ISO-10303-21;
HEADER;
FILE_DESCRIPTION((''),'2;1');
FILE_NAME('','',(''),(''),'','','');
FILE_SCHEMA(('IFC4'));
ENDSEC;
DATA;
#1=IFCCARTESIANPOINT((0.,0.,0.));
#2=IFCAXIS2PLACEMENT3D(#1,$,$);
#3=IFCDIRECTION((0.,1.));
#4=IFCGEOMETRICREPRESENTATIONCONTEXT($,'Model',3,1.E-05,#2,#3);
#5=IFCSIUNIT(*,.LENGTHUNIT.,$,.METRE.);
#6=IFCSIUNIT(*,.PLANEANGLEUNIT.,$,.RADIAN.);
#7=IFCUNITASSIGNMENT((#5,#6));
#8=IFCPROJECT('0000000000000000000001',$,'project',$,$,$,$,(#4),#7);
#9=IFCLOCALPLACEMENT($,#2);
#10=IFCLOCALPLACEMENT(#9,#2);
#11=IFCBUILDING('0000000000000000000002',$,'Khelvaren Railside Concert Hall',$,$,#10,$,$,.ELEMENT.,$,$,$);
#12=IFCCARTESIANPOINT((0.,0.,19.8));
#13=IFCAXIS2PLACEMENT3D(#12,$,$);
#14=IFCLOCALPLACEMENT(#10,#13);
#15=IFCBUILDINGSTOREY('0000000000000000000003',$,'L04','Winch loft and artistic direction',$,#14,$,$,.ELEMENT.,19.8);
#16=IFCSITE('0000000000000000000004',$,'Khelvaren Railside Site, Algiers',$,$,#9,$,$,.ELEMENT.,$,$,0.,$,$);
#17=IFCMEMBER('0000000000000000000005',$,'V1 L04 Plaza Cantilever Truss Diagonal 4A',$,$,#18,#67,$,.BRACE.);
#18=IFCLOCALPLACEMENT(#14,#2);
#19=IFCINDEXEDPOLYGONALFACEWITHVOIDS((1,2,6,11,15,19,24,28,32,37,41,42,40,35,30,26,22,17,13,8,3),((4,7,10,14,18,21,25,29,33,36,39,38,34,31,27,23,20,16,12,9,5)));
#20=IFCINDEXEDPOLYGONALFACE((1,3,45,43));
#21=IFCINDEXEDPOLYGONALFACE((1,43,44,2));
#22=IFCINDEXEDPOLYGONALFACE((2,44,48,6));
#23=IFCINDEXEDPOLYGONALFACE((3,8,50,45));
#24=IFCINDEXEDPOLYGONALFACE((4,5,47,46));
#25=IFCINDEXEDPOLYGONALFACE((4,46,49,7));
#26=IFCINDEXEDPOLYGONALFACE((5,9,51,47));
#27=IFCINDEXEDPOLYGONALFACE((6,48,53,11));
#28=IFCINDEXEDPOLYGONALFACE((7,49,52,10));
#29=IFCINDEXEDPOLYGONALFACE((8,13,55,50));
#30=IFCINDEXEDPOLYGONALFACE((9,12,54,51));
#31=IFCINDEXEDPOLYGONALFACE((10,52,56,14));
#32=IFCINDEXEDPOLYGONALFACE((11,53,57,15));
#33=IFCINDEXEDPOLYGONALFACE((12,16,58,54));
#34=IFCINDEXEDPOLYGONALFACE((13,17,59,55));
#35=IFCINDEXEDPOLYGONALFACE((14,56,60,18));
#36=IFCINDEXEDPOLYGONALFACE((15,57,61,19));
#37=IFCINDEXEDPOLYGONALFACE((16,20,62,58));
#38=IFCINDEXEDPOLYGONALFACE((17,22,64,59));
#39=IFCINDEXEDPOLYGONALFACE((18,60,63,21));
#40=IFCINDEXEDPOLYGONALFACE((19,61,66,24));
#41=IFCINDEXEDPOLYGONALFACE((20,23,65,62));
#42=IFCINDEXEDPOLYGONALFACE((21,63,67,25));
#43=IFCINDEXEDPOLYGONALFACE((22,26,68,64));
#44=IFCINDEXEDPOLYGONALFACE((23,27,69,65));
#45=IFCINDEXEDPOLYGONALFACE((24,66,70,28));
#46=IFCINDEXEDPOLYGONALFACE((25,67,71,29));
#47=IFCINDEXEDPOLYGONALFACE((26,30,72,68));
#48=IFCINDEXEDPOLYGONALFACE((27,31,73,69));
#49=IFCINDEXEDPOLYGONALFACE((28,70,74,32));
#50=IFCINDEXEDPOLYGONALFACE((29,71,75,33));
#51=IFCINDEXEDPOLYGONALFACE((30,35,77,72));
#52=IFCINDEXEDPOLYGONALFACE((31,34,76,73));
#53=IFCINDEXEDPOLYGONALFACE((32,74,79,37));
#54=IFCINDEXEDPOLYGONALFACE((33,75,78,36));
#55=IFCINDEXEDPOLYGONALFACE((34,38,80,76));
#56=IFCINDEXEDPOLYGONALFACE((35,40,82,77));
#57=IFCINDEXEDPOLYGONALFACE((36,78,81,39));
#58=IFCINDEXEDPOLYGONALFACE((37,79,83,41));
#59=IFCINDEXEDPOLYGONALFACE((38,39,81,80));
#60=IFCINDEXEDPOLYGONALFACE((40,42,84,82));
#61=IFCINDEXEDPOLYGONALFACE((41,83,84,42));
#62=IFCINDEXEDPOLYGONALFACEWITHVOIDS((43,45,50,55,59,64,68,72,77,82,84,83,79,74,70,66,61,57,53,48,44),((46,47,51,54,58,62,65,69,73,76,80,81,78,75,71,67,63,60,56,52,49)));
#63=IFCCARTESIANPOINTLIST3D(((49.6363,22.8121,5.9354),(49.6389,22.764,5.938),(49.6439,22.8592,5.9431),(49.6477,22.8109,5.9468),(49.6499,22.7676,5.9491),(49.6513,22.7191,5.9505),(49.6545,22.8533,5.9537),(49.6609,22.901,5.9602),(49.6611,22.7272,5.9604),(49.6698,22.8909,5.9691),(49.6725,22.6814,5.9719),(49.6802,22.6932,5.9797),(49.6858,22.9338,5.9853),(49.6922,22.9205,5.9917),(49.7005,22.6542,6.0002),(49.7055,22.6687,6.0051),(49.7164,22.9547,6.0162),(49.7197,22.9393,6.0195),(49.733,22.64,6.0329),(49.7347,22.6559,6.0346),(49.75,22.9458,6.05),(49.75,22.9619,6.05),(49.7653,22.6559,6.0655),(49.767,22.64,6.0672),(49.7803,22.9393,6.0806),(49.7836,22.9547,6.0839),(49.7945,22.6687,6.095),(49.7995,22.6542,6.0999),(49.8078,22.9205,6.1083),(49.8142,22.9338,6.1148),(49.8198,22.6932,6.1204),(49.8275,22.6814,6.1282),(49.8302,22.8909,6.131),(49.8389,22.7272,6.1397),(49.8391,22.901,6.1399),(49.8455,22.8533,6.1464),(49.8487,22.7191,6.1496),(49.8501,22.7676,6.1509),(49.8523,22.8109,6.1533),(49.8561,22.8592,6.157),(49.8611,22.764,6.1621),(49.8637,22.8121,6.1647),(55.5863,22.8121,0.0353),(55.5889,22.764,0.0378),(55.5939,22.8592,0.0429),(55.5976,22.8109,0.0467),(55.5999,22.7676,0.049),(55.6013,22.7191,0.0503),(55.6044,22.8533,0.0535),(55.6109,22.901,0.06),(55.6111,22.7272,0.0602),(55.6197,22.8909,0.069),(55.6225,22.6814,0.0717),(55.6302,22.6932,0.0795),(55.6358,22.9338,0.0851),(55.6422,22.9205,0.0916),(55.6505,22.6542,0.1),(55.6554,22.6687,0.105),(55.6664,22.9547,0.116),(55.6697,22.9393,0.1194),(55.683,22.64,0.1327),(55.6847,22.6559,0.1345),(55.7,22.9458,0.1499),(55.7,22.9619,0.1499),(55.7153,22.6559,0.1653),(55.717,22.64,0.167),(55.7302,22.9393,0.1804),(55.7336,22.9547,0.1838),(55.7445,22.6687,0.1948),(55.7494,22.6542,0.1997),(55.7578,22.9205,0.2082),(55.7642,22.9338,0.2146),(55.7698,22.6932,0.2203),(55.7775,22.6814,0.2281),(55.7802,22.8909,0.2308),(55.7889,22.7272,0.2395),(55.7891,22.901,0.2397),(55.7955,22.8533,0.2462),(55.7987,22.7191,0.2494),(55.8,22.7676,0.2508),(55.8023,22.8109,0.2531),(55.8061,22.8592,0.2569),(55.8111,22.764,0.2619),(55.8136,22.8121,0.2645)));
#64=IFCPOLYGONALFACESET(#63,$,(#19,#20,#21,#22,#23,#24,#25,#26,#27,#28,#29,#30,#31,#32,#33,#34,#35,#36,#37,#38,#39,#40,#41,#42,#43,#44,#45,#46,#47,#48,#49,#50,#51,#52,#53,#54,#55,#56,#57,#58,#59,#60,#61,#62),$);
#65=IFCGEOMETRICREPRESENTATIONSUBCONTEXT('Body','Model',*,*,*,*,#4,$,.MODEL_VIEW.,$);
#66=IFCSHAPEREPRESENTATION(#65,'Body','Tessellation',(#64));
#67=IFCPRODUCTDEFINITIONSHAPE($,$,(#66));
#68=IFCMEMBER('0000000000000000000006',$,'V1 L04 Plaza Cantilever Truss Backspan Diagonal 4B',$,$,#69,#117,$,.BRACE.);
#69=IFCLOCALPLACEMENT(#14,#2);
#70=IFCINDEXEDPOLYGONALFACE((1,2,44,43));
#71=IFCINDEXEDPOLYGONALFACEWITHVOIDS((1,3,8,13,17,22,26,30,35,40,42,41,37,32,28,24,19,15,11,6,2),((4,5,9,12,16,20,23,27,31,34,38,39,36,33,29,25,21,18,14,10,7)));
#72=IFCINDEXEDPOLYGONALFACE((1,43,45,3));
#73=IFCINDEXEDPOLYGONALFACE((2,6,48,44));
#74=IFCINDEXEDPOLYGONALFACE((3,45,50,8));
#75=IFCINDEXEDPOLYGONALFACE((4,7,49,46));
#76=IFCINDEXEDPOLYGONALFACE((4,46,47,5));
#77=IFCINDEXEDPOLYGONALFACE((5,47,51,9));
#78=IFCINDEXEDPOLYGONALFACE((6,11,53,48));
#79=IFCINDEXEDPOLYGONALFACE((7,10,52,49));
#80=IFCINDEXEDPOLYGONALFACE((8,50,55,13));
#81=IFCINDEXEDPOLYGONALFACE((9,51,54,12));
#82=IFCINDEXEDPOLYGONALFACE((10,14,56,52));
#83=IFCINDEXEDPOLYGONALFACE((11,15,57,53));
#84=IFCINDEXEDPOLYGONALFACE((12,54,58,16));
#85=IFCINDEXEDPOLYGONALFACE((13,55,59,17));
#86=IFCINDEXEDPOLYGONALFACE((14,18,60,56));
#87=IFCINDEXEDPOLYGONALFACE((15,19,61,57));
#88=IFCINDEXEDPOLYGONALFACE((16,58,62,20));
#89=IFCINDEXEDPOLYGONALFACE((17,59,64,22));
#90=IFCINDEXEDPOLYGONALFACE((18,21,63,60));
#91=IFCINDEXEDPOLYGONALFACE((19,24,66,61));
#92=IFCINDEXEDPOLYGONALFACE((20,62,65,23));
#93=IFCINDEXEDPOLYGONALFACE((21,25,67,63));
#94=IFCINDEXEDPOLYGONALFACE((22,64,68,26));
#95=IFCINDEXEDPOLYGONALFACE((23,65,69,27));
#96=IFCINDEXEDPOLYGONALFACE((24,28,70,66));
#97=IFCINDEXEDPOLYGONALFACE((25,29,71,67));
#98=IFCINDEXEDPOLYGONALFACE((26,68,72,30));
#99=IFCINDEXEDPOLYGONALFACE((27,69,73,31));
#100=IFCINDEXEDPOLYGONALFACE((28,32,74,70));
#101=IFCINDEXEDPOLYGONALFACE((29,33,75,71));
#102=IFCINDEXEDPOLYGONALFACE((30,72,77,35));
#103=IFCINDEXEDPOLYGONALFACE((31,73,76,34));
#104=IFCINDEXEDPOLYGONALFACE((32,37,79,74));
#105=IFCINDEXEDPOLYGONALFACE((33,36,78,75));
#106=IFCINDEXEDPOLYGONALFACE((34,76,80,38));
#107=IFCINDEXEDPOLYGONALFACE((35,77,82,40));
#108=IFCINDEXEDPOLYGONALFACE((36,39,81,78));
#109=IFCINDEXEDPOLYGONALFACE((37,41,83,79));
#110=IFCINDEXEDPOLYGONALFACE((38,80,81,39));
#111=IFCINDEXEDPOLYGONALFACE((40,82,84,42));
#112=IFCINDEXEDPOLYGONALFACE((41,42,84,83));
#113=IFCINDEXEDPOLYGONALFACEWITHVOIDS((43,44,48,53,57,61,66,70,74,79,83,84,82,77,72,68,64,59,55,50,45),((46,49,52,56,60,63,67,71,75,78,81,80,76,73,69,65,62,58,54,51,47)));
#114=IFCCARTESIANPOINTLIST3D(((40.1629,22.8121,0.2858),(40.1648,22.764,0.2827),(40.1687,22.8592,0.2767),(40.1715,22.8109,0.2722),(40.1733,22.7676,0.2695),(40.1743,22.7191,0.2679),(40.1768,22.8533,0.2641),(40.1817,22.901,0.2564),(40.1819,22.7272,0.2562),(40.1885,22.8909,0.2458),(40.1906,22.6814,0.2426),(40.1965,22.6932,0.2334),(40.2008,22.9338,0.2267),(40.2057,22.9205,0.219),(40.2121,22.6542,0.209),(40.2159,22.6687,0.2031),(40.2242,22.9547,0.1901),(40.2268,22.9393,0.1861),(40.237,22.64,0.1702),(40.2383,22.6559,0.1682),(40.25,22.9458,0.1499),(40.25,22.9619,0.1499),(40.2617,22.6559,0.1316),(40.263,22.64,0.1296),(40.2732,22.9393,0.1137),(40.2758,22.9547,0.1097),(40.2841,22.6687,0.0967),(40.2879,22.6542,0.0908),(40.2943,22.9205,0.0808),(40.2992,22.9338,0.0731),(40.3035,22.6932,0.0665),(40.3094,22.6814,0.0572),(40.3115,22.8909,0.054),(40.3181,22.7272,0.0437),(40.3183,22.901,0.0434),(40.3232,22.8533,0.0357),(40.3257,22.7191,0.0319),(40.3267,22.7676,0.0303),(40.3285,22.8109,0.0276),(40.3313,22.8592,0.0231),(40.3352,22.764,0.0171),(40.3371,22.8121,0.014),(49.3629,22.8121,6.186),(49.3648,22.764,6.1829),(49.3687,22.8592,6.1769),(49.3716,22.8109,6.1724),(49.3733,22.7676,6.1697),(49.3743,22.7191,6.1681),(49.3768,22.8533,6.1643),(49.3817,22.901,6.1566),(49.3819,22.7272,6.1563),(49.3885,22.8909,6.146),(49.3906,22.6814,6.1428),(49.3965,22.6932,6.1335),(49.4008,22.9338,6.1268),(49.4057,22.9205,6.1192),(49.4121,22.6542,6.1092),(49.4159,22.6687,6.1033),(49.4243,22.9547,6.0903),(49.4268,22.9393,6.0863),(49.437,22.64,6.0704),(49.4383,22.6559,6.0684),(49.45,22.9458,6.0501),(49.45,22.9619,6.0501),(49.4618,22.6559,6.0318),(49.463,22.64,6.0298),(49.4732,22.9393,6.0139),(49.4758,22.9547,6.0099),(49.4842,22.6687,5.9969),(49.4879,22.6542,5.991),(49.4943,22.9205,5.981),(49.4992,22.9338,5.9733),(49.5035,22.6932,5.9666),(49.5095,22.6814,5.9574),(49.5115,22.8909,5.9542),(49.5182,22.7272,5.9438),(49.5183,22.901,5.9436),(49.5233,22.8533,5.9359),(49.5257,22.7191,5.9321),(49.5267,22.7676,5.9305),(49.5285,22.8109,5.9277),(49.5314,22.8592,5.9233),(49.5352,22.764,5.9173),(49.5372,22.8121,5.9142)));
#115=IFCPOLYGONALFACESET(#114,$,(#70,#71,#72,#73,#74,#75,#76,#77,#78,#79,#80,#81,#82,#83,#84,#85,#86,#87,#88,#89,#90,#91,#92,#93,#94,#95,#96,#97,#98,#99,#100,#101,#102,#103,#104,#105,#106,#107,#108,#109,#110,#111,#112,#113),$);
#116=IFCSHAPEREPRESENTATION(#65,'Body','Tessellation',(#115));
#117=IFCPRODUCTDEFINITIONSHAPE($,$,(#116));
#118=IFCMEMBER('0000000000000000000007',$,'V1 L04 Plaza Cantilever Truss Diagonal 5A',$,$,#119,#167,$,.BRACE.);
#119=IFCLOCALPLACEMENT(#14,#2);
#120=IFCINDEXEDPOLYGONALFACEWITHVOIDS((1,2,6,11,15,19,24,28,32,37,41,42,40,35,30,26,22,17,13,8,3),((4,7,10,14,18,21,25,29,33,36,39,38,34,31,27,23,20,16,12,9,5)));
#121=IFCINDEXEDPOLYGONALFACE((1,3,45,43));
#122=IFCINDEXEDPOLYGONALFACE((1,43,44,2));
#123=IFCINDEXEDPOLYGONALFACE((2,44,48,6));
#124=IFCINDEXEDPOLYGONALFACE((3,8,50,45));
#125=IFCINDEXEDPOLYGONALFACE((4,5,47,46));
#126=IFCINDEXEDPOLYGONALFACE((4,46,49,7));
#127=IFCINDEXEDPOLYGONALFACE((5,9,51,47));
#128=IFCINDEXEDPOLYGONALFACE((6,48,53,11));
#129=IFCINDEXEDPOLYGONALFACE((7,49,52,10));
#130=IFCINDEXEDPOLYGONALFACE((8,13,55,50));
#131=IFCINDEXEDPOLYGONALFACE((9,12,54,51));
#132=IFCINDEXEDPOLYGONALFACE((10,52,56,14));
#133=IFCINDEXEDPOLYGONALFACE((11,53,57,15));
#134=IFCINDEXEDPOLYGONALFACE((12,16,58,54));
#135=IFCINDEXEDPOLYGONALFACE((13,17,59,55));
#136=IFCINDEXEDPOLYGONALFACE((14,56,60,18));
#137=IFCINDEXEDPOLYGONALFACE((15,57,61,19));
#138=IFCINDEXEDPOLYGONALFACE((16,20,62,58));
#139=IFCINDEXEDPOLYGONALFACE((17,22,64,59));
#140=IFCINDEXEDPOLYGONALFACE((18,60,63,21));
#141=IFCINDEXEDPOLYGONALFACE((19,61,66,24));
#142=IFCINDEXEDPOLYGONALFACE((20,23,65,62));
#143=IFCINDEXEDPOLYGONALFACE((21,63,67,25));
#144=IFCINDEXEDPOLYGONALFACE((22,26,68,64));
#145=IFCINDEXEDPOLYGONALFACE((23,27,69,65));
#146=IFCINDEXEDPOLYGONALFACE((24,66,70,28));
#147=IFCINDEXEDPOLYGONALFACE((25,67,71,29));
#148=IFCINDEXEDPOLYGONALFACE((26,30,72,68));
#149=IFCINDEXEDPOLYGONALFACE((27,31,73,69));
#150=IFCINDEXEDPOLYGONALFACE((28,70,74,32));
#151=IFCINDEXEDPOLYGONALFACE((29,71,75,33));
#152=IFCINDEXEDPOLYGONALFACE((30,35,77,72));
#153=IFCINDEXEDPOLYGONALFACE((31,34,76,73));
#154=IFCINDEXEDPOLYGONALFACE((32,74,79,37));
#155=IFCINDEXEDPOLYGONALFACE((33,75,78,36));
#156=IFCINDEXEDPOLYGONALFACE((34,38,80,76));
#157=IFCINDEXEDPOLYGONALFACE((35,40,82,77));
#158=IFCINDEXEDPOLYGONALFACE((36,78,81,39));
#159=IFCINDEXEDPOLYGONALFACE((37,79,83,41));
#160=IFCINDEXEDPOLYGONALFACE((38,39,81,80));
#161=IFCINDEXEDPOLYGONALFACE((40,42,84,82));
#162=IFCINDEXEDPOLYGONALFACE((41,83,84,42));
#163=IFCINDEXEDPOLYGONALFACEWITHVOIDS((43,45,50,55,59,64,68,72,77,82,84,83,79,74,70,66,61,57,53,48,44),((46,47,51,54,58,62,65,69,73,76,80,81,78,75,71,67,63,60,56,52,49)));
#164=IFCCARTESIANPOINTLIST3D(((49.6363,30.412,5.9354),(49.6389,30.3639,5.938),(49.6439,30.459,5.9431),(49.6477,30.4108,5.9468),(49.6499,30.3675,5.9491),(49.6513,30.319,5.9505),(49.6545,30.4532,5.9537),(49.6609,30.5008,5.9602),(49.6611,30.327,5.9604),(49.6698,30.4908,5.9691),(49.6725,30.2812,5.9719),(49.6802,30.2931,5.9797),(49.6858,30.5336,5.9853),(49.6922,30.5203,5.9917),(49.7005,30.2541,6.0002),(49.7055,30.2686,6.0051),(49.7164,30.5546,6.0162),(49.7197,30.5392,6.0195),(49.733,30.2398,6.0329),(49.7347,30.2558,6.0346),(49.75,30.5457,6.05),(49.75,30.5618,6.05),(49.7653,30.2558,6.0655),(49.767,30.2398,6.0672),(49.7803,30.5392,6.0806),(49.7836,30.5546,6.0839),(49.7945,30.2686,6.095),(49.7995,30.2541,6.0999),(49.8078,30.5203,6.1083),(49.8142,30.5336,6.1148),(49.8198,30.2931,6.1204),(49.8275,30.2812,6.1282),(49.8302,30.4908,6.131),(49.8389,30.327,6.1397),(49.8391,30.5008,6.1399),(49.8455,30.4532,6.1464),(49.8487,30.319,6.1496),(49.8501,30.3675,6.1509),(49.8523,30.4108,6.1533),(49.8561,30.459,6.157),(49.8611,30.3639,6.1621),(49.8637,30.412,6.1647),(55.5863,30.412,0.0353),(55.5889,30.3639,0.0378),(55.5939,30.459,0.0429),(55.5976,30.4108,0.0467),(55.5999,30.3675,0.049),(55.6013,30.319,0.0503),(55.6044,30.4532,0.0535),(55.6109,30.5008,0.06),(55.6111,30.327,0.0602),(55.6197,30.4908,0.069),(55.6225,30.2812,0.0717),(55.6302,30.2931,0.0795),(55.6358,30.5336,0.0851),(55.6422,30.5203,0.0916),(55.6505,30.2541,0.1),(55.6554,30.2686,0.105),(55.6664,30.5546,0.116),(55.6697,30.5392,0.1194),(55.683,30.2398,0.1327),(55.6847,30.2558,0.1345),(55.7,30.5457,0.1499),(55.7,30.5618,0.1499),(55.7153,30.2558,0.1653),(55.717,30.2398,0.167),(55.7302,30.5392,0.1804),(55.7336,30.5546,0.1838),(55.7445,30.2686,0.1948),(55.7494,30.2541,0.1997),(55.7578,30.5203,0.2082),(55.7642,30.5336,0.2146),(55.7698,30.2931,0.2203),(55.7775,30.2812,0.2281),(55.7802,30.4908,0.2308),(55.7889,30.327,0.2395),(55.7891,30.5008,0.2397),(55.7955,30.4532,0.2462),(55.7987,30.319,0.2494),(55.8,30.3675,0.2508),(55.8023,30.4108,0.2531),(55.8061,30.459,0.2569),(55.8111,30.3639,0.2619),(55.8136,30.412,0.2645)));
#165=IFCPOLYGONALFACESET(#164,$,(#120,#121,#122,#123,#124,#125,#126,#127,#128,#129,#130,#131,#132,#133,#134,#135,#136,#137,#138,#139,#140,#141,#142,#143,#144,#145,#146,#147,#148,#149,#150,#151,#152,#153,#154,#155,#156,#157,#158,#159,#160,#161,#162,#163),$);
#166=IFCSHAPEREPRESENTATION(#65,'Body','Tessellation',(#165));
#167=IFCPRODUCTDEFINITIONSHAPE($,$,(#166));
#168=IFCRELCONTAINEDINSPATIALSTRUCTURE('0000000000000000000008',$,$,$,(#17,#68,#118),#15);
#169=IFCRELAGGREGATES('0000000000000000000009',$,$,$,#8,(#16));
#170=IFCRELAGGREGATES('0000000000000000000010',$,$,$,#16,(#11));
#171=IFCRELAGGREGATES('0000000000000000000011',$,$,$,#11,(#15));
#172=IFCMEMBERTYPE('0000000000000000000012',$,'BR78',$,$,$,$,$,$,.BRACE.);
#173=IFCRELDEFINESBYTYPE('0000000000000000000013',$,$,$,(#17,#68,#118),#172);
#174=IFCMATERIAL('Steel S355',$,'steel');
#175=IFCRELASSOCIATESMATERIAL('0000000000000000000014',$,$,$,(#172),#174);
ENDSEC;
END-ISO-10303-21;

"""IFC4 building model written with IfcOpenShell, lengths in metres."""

from ifc_helpers import new_model, si_unit, direction, frame, origin, origin_2d, place, context, subcontext, project, spatial, hollow_circle, extrude, material, material_profile, profile_set, type_object, element, save


model = new_model("IFC4")

# Units and contexts
model_context = context("Model", 3, precision=1e-05, world=origin(), true_north=direction((0.0, 1.0)))
body_context = subcontext(model_context, "Body", "Model", "MODEL_VIEW")
ifc_project = project(units=[si_unit("LENGTHUNIT", "METRE"), si_unit("PLANEANGLEUNIT", "RADIAN")], contexts=[model_context])

# Site, building, storey
site_placement = place(None, origin())
site = spatial("IfcSite", under=ifc_project, at=site_placement, Name="Khelvaren Railside Site, Algiers", CompositionType="ELEMENT", RefElevation=0.0)
building_placement = place(site_placement, origin())
building = spatial("IfcBuilding", under=site, at=building_placement, Name="Khelvaren Railside Concert Hall", CompositionType="ELEMENT")
storey_placement = place(building_placement, frame((0.0, 0.0, 19.8)))
storey = spatial("IfcBuildingStorey", under=building, at=storey_placement, Name="L04", Description="Winch loft and artistic direction", CompositionType="ELEMENT", Elevation=19.8)

# Shared definitions
ifc_material_1 = material(Name="Steel S355", Category="steel")

# Members
ifc_material_profile_1 = material_profile(ifc_material_1, hollow_circle(Radius=0.1619, WallThickness=0.0161, at=origin_2d()), Name="CHS 323.9x16")
ifc_profile_set_1 = profile_set([ifc_material_profile_1], Name="Steel S355")
member_type_1 = type_object("IfcMemberType", Name="BR78", PredefinedType="BRACE", material=ifc_profile_set_1)
member_1_placement = place(storey_placement, frame((49.75, 22.8, 6.05), z_axis=(0.710072, 0.0, -0.704129), x_axis=(0.0, 1.0, 0.0)))
element("IfcMember", 1, at=member_1_placement, inside=storey, type_object=member_type_1, Name="V1 L04 Plaza Cantilever Truss Diagonal 4A", PredefinedType="BRACE", context=body_context, shape_type="SweptSolid", body=[
    extrude(hollow_circle(Radius=0.1619, WallThickness=0.0161, at=origin_2d()), origin(), (0.0, 0.0, 1.0), 8.3794),
])
member_2_placement = place(storey_placement, frame((40.25, 22.8, 0.1499), z_axis=(0.841765, 0.0, 0.539844), x_axis=(0.0, 1.0, 0.0)))
element("IfcMember", 2, at=member_2_placement, inside=storey, type_object=member_type_1, Name="V1 L04 Plaza Cantilever Truss Backspan Diagonal 4B", PredefinedType="BRACE", context=body_context, shape_type="SweptSolid", body=[
    extrude(hollow_circle(Radius=0.1619, WallThickness=0.0161, at=origin_2d()), origin(), (0.0, 0.0, 1.0), 10.9294),
])
member_3_placement = place(storey_placement, frame((49.75, 30.3999, 6.05), z_axis=(0.710072, 0.0, -0.704129), x_axis=(0.0, 1.0, 0.0)))
element("IfcMember", 3, at=member_3_placement, inside=storey, type_object=member_type_1, Name="V1 L04 Plaza Cantilever Truss Diagonal 5A", PredefinedType="BRACE", context=body_context, shape_type="SweptSolid", body=[
    extrude(hollow_circle(Radius=0.1619, WallThickness=0.0161, at=origin_2d()), origin(), (0.0, 0.0, 1.0), 8.3794),
])

save(model, "model.ifc")
